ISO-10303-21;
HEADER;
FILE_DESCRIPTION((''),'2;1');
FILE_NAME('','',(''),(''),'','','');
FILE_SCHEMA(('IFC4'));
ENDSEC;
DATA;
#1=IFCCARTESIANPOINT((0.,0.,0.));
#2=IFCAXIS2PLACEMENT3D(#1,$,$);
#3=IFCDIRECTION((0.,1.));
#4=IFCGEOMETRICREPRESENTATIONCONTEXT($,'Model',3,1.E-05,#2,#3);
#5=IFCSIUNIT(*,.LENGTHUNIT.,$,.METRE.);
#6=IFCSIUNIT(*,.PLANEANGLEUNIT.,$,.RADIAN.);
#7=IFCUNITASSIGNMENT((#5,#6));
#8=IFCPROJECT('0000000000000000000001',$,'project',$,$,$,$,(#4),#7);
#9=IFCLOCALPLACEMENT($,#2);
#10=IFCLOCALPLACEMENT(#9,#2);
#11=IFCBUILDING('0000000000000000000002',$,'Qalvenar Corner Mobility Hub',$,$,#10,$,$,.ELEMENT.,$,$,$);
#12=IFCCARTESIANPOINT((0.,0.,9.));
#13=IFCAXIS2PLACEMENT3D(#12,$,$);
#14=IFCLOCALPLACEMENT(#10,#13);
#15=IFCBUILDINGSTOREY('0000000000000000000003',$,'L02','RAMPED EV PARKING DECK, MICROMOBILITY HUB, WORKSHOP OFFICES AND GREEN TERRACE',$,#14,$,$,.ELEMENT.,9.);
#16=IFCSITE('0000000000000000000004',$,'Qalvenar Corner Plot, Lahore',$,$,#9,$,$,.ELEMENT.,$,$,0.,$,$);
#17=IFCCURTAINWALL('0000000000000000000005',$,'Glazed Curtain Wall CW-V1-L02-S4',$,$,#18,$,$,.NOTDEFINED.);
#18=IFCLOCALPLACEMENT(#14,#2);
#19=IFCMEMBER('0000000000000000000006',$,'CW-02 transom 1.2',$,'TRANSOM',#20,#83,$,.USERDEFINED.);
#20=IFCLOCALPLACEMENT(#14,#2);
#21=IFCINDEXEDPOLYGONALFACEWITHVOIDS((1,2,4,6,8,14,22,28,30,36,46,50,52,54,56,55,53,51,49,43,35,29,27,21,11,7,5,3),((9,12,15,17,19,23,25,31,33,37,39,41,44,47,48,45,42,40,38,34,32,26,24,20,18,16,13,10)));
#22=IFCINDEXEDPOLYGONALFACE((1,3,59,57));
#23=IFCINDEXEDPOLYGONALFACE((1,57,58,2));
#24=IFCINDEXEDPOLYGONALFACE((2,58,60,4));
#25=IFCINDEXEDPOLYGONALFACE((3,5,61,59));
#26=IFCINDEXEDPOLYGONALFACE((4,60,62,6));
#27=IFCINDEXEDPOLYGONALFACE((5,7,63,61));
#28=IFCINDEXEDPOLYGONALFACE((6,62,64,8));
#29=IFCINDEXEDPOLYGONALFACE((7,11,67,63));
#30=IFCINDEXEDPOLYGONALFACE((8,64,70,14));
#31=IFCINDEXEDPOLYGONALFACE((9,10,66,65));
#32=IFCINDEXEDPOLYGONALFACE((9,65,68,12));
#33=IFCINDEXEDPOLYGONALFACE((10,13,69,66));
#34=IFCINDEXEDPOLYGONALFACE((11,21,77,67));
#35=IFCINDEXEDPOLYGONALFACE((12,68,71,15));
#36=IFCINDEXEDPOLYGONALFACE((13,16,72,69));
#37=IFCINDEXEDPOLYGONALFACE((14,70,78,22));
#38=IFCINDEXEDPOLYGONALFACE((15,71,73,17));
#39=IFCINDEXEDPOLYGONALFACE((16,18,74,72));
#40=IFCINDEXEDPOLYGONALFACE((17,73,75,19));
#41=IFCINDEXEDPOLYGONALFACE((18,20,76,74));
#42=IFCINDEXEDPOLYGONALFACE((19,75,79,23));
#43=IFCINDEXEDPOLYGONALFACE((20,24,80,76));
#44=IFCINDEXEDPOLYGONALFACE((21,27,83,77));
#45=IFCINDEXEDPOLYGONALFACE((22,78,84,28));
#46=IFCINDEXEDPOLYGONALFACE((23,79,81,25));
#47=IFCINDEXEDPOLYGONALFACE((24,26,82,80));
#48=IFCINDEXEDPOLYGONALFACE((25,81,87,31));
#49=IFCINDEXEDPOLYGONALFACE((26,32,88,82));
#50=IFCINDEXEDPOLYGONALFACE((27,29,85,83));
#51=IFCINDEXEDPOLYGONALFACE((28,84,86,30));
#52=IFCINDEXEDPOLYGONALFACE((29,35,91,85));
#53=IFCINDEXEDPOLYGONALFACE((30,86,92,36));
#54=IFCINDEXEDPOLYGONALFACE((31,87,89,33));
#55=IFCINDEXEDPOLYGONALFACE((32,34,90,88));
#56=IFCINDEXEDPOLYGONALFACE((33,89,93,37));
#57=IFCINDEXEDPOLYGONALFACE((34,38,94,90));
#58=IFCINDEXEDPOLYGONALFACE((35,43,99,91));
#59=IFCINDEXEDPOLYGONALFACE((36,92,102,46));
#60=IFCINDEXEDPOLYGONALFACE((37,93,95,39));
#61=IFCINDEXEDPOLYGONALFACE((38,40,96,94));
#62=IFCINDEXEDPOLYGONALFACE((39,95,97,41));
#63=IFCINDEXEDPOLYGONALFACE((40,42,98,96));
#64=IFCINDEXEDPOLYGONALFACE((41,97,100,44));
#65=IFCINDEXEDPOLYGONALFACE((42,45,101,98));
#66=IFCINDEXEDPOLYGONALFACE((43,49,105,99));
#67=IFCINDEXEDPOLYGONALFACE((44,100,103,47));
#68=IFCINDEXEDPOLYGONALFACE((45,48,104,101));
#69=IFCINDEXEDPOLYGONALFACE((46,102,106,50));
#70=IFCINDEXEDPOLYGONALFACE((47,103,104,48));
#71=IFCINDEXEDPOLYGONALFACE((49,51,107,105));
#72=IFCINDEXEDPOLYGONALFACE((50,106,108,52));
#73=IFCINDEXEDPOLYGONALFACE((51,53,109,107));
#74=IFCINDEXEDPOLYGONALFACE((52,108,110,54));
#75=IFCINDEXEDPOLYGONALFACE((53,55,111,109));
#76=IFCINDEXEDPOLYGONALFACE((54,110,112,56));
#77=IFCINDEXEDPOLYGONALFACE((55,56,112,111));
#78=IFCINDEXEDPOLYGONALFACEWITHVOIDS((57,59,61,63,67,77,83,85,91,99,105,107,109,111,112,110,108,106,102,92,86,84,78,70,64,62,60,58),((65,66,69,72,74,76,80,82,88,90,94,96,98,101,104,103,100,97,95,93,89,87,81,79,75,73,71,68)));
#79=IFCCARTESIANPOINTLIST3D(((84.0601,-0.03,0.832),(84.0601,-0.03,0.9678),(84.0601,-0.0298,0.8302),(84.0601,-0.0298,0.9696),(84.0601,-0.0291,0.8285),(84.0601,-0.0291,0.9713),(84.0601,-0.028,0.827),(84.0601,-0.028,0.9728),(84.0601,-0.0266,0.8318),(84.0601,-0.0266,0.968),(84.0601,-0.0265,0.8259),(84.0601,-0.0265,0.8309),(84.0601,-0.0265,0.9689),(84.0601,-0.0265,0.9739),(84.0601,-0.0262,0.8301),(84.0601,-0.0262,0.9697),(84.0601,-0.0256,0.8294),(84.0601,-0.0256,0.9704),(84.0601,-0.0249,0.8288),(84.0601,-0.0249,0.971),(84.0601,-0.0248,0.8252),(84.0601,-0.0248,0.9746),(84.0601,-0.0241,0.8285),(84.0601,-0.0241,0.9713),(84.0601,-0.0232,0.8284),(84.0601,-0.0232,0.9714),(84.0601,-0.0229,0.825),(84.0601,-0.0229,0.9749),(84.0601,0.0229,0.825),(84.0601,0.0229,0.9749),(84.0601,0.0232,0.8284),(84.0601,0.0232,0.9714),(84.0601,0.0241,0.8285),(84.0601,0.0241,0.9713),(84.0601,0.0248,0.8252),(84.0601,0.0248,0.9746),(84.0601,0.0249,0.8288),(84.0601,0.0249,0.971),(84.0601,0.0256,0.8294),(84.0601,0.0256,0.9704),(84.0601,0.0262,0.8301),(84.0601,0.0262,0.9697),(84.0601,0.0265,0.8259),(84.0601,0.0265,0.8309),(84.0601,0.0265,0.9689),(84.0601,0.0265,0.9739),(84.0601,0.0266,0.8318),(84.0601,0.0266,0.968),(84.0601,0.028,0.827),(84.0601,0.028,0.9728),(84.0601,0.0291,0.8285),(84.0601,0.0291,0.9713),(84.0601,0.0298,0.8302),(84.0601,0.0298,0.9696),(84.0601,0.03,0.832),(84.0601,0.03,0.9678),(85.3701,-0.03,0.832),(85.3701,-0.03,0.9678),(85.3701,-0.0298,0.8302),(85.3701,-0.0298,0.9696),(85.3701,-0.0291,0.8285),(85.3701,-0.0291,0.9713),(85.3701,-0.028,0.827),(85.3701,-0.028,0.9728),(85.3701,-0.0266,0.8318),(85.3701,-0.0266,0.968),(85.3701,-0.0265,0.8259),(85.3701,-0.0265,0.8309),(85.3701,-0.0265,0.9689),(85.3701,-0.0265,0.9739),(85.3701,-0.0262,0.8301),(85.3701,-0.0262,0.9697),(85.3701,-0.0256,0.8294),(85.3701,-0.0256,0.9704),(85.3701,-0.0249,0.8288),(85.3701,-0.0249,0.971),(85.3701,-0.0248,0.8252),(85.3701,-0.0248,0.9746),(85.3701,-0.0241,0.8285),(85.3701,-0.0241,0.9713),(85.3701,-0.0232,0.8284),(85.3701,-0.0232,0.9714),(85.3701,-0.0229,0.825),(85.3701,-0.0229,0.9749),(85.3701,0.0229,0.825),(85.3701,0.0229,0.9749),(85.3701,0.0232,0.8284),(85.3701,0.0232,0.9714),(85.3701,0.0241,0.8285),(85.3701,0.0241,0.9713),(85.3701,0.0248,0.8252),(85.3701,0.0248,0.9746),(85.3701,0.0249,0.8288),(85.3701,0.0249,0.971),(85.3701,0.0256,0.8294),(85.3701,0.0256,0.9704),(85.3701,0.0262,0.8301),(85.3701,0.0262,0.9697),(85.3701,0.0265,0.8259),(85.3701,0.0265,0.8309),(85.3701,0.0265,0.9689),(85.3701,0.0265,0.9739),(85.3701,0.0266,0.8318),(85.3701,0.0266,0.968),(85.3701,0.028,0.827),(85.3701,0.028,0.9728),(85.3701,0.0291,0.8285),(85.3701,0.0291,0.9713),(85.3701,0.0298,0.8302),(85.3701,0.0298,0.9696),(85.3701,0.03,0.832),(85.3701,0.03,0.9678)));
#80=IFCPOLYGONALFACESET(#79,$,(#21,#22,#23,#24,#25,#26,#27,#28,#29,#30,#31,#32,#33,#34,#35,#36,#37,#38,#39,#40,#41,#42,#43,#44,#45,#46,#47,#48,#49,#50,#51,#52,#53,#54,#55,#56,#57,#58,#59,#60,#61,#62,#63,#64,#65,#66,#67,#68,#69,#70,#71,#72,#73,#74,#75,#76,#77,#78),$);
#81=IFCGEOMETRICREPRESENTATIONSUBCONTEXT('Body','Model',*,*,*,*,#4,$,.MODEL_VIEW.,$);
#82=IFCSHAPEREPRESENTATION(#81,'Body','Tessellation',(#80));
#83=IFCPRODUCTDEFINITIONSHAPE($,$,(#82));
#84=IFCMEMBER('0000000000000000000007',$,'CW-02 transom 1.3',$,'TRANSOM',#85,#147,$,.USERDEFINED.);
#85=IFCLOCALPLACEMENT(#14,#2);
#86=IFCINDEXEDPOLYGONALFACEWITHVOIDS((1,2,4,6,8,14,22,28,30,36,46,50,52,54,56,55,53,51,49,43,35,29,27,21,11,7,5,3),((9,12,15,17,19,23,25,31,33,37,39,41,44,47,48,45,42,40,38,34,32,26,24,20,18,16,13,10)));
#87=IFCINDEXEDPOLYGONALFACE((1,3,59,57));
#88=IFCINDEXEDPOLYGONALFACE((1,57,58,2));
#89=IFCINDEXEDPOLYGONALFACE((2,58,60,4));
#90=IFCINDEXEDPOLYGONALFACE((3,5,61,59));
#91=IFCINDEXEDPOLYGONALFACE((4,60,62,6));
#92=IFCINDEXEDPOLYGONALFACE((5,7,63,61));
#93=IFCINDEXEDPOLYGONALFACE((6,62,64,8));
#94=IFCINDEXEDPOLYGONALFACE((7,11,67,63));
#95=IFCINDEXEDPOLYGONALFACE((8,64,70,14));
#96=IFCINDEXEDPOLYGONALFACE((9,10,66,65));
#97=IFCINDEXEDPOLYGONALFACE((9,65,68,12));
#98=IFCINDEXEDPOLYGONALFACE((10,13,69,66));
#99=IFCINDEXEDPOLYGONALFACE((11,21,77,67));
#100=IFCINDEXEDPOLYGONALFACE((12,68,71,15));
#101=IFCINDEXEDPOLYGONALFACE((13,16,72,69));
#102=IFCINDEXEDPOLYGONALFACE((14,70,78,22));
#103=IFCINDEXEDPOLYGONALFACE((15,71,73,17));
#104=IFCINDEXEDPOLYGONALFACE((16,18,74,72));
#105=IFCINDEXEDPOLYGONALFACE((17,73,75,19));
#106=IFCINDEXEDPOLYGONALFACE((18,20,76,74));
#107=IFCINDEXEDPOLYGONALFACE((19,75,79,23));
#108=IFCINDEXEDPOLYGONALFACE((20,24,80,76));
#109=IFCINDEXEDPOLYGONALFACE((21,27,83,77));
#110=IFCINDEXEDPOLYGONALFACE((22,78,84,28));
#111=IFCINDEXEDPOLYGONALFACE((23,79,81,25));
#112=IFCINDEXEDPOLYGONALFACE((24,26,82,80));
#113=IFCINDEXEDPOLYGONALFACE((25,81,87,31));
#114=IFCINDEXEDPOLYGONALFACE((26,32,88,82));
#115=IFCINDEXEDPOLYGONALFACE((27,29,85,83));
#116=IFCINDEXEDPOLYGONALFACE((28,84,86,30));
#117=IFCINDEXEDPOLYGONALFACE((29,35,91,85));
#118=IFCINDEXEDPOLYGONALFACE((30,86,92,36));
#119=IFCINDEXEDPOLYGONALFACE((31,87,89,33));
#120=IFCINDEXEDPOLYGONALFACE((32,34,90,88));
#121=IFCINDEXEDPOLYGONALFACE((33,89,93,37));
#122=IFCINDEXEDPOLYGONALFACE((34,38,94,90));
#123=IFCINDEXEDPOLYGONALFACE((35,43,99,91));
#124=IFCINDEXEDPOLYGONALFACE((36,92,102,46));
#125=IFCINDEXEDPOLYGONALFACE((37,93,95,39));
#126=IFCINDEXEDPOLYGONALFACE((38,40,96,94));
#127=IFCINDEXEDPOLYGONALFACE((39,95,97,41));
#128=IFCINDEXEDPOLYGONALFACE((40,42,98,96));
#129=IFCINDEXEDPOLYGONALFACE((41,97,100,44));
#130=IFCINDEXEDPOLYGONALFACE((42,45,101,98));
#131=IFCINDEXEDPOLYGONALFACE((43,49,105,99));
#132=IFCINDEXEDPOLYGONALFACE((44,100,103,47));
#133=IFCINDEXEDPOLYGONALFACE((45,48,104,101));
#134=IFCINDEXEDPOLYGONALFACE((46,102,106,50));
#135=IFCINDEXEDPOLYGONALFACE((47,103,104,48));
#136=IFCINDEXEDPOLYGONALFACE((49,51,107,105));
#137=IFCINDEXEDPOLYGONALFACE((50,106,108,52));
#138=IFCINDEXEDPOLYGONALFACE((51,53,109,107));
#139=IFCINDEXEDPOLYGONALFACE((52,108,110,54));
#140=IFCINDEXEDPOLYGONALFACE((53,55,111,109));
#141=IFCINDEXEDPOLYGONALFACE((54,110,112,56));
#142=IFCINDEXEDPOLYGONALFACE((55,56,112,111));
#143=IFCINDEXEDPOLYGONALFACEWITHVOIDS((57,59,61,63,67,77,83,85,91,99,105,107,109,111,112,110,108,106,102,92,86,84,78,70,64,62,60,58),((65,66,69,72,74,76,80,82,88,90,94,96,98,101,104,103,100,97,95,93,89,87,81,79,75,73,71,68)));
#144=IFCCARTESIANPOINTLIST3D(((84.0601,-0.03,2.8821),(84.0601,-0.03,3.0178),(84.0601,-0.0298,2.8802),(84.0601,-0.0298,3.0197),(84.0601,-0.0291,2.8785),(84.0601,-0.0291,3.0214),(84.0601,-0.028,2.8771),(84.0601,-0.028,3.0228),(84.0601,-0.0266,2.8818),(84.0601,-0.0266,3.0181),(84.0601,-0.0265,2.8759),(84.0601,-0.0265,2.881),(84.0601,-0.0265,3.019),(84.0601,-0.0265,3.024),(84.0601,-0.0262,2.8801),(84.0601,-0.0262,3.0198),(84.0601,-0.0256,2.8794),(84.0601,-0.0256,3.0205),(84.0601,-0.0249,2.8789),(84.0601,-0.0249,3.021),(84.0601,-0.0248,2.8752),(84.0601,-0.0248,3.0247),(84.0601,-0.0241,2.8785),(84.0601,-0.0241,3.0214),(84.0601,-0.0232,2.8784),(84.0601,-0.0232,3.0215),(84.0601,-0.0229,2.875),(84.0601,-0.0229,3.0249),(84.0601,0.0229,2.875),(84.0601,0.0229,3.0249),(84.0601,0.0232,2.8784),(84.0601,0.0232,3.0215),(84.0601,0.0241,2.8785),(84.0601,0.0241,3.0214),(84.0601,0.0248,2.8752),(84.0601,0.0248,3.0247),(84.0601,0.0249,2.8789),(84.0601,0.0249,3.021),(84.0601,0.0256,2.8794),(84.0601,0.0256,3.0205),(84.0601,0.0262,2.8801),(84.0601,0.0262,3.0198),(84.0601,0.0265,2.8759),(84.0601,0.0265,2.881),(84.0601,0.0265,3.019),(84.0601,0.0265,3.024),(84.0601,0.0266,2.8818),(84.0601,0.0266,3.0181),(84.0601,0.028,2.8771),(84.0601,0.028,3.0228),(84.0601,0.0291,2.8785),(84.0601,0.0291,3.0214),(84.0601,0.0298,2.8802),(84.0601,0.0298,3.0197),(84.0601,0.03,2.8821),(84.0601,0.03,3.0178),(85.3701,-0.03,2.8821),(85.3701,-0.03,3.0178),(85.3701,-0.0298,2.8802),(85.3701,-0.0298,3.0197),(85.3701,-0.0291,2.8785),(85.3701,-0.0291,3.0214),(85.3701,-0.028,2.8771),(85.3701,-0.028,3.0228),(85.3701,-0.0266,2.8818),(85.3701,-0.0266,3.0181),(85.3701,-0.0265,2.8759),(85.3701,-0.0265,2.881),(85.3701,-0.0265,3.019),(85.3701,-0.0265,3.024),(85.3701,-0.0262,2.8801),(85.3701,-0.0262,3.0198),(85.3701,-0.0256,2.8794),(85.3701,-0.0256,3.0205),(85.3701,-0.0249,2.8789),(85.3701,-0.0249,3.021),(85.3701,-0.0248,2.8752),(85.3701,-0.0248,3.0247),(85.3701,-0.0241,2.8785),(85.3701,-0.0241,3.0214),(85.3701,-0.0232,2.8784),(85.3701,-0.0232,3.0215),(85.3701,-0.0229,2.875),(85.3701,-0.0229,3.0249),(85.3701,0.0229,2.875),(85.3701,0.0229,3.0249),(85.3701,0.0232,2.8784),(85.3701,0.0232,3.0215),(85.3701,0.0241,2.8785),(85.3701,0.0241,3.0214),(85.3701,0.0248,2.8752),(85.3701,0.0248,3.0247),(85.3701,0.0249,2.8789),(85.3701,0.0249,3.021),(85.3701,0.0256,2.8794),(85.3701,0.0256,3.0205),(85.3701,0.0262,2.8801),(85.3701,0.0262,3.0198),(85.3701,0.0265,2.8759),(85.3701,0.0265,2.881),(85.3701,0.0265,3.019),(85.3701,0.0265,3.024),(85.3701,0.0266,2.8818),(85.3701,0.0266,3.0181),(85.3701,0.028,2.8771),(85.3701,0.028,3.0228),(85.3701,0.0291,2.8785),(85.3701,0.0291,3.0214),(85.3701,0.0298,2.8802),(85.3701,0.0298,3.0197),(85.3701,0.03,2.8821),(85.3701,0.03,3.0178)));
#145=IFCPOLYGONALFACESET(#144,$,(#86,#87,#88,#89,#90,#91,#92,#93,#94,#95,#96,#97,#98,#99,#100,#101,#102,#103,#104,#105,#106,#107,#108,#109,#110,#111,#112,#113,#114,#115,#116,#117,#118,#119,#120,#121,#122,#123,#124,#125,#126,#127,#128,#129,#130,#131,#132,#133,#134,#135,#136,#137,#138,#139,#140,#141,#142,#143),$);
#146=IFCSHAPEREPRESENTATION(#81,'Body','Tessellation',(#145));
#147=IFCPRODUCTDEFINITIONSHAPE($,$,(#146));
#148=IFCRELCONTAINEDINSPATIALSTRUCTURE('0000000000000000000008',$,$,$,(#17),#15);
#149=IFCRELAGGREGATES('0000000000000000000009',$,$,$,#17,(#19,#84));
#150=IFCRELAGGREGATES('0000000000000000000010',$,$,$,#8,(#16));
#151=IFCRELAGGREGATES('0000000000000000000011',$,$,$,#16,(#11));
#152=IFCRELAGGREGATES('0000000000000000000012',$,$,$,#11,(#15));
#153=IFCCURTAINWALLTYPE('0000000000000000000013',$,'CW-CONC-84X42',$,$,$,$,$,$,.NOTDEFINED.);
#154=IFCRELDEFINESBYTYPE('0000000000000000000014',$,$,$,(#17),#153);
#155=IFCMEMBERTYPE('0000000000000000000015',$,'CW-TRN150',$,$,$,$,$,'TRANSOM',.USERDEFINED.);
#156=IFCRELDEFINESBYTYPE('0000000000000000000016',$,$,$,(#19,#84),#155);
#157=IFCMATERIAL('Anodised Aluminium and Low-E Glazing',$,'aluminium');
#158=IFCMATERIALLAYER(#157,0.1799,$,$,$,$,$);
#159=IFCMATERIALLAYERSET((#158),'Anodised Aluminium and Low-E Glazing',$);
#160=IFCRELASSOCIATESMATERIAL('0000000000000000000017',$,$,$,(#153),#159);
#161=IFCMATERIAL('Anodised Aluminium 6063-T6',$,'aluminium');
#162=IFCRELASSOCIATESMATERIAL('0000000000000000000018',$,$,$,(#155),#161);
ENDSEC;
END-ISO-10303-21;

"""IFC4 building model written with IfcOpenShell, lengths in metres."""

from ifc_helpers import new_model, si_unit, direction, frame, origin, origin_2d, place, context, subcontext, project, spatial, hollow_rectangle, extrude, material, layer, layer_set, material_profile, profile_set, type_object, element, aggregate, save


model = new_model("IFC4")

# Units and contexts
model_context = context("Model", 3, precision=1e-05, world=origin(), true_north=direction((0.0, 1.0)))
body_context = subcontext(model_context, "Body", "Model", "MODEL_VIEW")
ifc_project = project(units=[si_unit("LENGTHUNIT", "METRE"), si_unit("PLANEANGLEUNIT", "RADIAN")], contexts=[model_context])

# Site, building, storey
site_placement = place(None, origin())
site = spatial("IfcSite", under=ifc_project, at=site_placement, Name="Qalvenar Corner Plot, Lahore", CompositionType="ELEMENT", RefElevation=0.0)
building_placement = place(site_placement, origin())
building = spatial("IfcBuilding", under=site, at=building_placement, Name="Qalvenar Corner Mobility Hub", CompositionType="ELEMENT")
storey_placement = place(building_placement, frame((0.0, 0.0, 9.0)))
storey = spatial("IfcBuildingStorey", under=building, at=storey_placement, Name="L02", Description="RAMPED EV PARKING DECK, MICROMOBILITY HUB, WORKSHOP OFFICES AND GREEN TERRACE", CompositionType="ELEMENT", Elevation=9.0)

# Shared definitions
ifc_material_1 = material(Name="Anodised Aluminium and Low-E Glazing", Category="aluminium")
ifc_layer_1 = layer(ifc_material_1, 0.1799)
ifc_layer_set_1 = layer_set([ifc_layer_1], Name="Anodised Aluminium and Low-E Glazing")
curtain_wall_type = type_object("IfcCurtainWallType", Name="CW-CONC-84X42", PredefinedType="NOTDEFINED", material=ifc_layer_set_1)
ifc_material_2 = material(Name="Anodised Aluminium 6063-T6", Category="aluminium")

# Curtain wall
curtain_wall_1_placement = place(storey_placement, origin())
curtain_wall_1 = element("IfcCurtainWall", 1, at=curtain_wall_1_placement, inside=storey, type_object=curtain_wall_type, Name="Glazed Curtain Wall CW-V1-L02-S4", PredefinedType="NOTDEFINED")

# Members
ifc_material_profile_1 = material_profile(ifc_material_2, hollow_rectangle(XDim=0.0601, YDim=0.1499, WallThickness=0.0034, InnerFilletRadius=0.0034, OuterFilletRadius=0.0071, at=origin_2d()), Name="RHS150x60x3.5")
ifc_profile_set_1 = profile_set([ifc_material_profile_1], Name="Anodised Aluminium 6063-T6")
member_type_1 = type_object("IfcMemberType", Name="CW-TRN150", ElementType="TRANSOM", PredefinedType="USERDEFINED", material=ifc_profile_set_1)
member_1_placement = place(storey_placement, frame((84.0601, 0.0, 0.8999), z_axis=(1.0, 0.0, 0.0), x_axis=(0.0, 1.0, 0.0)))
member_1 = element("IfcMember", 2, at=member_1_placement, type_object=member_type_1, Name="CW-02 transom 1.2", ObjectType="TRANSOM", PredefinedType="USERDEFINED", context=body_context, shape_type="SweptSolid", body=[
    extrude(hollow_rectangle(XDim=0.0601, YDim=0.1499, WallThickness=0.0034, InnerFilletRadius=0.0034, OuterFilletRadius=0.0071, at=origin_2d()), origin(), (0.0, 0.0, 1.0), 1.3101),
])
member_2_placement = place(storey_placement, frame((84.0601, 0.0, 2.95), z_axis=(1.0, 0.0, 0.0), x_axis=(0.0, 1.0, 0.0)))
member_2 = element("IfcMember", 3, at=member_2_placement, type_object=member_type_1, Name="CW-02 transom 1.3", ObjectType="TRANSOM", PredefinedType="USERDEFINED", context=body_context, shape_type="SweptSolid", body=[
    extrude(hollow_rectangle(XDim=0.0601, YDim=0.1499, WallThickness=0.0034, InnerFilletRadius=0.0034, OuterFilletRadius=0.0071, at=origin_2d()), origin(), (0.0, 0.0, 1.0), 1.3101),
])
aggregate(curtain_wall_1, [member_1, member_2])

save(model, "model.ifc")
